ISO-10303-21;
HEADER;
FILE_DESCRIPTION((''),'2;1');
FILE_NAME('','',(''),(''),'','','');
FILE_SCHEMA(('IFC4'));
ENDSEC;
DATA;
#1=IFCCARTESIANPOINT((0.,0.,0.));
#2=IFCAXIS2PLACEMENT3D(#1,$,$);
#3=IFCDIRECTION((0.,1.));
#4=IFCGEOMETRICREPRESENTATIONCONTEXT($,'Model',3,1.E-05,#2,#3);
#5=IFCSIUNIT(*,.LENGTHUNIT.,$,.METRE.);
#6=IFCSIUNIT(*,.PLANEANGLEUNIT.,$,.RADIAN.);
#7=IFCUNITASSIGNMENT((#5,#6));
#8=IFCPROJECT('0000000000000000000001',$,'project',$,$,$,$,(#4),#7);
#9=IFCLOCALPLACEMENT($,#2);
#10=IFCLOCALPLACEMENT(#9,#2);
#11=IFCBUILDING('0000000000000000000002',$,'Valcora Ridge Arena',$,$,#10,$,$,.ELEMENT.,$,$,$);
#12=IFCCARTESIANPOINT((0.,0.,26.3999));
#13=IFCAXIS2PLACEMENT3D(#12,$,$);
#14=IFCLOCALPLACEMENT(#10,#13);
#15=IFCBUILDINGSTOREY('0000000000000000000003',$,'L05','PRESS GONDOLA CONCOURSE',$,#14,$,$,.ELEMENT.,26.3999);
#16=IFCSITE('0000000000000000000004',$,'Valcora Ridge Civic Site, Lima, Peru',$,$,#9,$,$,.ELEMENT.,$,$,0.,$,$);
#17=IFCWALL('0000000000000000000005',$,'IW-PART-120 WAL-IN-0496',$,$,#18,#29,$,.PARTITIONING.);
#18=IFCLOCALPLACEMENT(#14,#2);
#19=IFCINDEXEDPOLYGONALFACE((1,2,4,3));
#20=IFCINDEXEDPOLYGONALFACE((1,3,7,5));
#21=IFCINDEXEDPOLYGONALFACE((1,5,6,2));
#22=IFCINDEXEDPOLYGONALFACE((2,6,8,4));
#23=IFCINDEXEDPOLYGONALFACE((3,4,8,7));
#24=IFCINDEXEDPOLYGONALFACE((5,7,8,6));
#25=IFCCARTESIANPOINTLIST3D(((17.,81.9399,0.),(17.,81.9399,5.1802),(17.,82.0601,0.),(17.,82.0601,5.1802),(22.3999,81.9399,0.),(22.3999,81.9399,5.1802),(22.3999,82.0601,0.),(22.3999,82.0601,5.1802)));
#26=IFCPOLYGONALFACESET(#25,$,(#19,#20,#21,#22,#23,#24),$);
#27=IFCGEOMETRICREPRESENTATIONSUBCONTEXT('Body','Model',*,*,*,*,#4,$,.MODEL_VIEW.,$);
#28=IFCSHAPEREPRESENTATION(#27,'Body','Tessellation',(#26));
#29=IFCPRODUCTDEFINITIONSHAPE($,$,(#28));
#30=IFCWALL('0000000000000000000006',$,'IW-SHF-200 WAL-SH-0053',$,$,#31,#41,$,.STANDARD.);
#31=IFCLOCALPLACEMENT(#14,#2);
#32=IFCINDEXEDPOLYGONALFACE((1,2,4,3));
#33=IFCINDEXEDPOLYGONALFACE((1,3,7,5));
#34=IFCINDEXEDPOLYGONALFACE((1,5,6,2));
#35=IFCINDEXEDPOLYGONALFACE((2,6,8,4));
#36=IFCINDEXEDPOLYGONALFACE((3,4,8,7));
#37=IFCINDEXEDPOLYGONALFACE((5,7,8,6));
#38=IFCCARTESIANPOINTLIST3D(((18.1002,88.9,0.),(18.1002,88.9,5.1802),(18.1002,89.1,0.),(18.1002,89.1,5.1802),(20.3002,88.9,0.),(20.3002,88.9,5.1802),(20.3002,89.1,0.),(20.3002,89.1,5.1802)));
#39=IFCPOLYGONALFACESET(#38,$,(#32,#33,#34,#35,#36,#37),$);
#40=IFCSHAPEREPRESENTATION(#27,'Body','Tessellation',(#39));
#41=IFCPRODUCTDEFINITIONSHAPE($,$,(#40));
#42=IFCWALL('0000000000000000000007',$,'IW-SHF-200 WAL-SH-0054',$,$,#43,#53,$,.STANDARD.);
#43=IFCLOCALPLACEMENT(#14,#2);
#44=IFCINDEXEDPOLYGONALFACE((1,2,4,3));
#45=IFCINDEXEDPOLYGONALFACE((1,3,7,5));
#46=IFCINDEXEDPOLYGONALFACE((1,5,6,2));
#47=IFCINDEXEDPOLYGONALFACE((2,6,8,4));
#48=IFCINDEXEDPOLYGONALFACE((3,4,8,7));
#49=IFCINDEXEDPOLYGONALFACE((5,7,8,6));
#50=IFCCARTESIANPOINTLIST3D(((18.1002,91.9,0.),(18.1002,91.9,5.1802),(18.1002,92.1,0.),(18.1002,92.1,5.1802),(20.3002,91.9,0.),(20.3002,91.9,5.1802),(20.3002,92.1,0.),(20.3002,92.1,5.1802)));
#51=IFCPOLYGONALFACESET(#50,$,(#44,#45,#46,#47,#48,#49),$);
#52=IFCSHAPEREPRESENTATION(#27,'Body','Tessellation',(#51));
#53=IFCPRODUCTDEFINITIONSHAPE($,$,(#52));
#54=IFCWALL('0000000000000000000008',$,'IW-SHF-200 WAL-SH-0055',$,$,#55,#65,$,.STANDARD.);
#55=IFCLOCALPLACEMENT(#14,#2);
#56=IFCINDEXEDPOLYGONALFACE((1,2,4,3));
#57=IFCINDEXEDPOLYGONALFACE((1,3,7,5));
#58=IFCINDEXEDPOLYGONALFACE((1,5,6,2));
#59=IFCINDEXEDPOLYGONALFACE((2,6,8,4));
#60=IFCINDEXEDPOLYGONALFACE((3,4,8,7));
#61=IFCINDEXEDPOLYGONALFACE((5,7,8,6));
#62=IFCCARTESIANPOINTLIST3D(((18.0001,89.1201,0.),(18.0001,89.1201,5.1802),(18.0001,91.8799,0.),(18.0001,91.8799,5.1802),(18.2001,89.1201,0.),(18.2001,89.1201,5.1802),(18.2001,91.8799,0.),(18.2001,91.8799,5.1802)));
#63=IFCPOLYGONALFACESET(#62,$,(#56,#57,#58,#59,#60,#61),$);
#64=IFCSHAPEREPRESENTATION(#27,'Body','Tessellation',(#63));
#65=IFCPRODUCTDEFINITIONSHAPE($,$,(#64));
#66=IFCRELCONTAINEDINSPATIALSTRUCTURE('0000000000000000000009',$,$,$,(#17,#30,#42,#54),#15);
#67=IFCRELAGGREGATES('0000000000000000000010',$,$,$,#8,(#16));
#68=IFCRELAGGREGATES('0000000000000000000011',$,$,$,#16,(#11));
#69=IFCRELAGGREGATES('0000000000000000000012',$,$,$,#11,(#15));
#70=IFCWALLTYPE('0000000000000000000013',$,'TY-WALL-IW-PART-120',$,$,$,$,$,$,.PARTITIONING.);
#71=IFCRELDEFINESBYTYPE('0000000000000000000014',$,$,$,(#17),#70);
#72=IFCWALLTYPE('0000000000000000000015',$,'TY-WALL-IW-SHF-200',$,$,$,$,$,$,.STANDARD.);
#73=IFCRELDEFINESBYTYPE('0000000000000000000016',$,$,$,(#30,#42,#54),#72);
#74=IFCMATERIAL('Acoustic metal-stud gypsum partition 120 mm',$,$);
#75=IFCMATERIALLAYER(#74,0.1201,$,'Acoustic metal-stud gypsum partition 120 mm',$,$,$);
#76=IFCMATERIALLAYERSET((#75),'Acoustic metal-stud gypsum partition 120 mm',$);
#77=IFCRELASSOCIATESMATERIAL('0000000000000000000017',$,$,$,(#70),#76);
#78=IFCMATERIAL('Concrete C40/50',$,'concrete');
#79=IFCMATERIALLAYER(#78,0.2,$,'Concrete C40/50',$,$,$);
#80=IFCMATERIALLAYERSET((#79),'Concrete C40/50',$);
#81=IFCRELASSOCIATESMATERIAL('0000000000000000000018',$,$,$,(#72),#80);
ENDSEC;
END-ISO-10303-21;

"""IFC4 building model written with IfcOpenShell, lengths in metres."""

from ifc_helpers import new_model, si_unit, direction, frame, frame_2d, origin, place, context, subcontext, project, spatial, rectangle, extrude, material, layer, layer_set, type_object, element, save


model = new_model("IFC4")

# Units and contexts
model_context = context("Model", 3, precision=1e-05, world=origin(), true_north=direction((0.0, 1.0)))
body_context = subcontext(model_context, "Body", "Model", "MODEL_VIEW")
ifc_project = project(units=[si_unit("LENGTHUNIT", "METRE"), si_unit("PLANEANGLEUNIT", "RADIAN")], contexts=[model_context])

# Site, building, storey
site_placement = place(None, origin())
site = spatial("IfcSite", under=ifc_project, at=site_placement, Name="Valcora Ridge Civic Site, Lima, Peru", CompositionType="ELEMENT", RefElevation=0.0)
building_placement = place(site_placement, origin())
building = spatial("IfcBuilding", under=site, at=building_placement, Name="Valcora Ridge Arena", CompositionType="ELEMENT")
storey_placement = place(building_placement, frame((0.0, 0.0, 26.3999)))
storey = spatial("IfcBuildingStorey", under=building, at=storey_placement, Name="L05", Description="PRESS GONDOLA CONCOURSE", CompositionType="ELEMENT", Elevation=26.3999)

# Walls
ifc_material_1 = material(Name="Acoustic metal-stud gypsum partition 120 mm")
ifc_layer_1 = layer(ifc_material_1, 0.1201, Name="Acoustic metal-stud gypsum partition 120 mm")
ifc_layer_set_1 = layer_set([ifc_layer_1], Name="Acoustic metal-stud gypsum partition 120 mm")
wall_type_1 = type_object("IfcWallType", Name="TY-WALL-IW-PART-120", PredefinedType="PARTITIONING", material=ifc_layer_set_1)
wall_1_placement = place(storey_placement, frame((17.0, 82.0, 0.0), z_axis=(0.0, 0.0, 1.0), x_axis=(1.0, 0.0, 0.0)))
element("IfcWall", 1, at=wall_1_placement, inside=storey, type_object=wall_type_1, Name="IW-PART-120 WAL-IN-0496", PredefinedType="PARTITIONING", context=body_context, shape_type="SweptSolid", body=[
    extrude(rectangle(XDim=5.3999, YDim=0.1201, at=frame_2d((2.7, 0.0))), origin(), (0.0, 0.0, 1.0), 5.1802),
])
ifc_material_2 = material(Name="Concrete C40/50", Category="concrete")
ifc_layer_2 = layer(ifc_material_2, 0.2, Name="Concrete C40/50")
ifc_layer_set_2 = layer_set([ifc_layer_2], Name="Concrete C40/50")
wall_type_2 = type_object("IfcWallType", Name="TY-WALL-IW-SHF-200", PredefinedType="STANDARD", material=ifc_layer_set_2)
for number, where, z_axis, x_axis, name in (
    (2, (18.1001, 89.0, 0.0), (0.0, 0.0, 1.0), (1.0, 0.0, 0.0), "IW-SHF-200 WAL-SH-0053"),
    (3, (18.1001, 92.0, 0.0), (0.0, 0.0, 1.0), (1.0, 0.0, 0.0), "IW-SHF-200 WAL-SH-0054"),
):
    element("IfcWall", number, at=place(storey_placement, frame(where, z_axis=z_axis, x_axis=x_axis)), inside=storey, type_object=wall_type_2, Name=name, PredefinedType="STANDARD", context=body_context, shape_type="SweptSolid", body=[
        extrude(rectangle(XDim=2.2, YDim=0.2, at=frame_2d((1.1001, 0.0))), origin(), (0.0, 0.0, 1.0), 5.1802),
    ])
wall_2_placement = place(storey_placement, frame((18.1001, 89.1201, 0.0), z_axis=(0.0, 0.0, 1.0), x_axis=(0.0, 1.0, 0.0)))
element("IfcWall", 4, at=wall_2_placement, inside=storey, type_object=wall_type_2, Name="IW-SHF-200 WAL-SH-0055", PredefinedType="STANDARD", context=body_context, shape_type="SweptSolid", body=[
    extrude(rectangle(XDim=2.7598, YDim=0.2, at=frame_2d((1.3799, 0.0))), origin(), (0.0, 0.0, 1.0), 5.1802),
])

save(model, "model.ifc")
